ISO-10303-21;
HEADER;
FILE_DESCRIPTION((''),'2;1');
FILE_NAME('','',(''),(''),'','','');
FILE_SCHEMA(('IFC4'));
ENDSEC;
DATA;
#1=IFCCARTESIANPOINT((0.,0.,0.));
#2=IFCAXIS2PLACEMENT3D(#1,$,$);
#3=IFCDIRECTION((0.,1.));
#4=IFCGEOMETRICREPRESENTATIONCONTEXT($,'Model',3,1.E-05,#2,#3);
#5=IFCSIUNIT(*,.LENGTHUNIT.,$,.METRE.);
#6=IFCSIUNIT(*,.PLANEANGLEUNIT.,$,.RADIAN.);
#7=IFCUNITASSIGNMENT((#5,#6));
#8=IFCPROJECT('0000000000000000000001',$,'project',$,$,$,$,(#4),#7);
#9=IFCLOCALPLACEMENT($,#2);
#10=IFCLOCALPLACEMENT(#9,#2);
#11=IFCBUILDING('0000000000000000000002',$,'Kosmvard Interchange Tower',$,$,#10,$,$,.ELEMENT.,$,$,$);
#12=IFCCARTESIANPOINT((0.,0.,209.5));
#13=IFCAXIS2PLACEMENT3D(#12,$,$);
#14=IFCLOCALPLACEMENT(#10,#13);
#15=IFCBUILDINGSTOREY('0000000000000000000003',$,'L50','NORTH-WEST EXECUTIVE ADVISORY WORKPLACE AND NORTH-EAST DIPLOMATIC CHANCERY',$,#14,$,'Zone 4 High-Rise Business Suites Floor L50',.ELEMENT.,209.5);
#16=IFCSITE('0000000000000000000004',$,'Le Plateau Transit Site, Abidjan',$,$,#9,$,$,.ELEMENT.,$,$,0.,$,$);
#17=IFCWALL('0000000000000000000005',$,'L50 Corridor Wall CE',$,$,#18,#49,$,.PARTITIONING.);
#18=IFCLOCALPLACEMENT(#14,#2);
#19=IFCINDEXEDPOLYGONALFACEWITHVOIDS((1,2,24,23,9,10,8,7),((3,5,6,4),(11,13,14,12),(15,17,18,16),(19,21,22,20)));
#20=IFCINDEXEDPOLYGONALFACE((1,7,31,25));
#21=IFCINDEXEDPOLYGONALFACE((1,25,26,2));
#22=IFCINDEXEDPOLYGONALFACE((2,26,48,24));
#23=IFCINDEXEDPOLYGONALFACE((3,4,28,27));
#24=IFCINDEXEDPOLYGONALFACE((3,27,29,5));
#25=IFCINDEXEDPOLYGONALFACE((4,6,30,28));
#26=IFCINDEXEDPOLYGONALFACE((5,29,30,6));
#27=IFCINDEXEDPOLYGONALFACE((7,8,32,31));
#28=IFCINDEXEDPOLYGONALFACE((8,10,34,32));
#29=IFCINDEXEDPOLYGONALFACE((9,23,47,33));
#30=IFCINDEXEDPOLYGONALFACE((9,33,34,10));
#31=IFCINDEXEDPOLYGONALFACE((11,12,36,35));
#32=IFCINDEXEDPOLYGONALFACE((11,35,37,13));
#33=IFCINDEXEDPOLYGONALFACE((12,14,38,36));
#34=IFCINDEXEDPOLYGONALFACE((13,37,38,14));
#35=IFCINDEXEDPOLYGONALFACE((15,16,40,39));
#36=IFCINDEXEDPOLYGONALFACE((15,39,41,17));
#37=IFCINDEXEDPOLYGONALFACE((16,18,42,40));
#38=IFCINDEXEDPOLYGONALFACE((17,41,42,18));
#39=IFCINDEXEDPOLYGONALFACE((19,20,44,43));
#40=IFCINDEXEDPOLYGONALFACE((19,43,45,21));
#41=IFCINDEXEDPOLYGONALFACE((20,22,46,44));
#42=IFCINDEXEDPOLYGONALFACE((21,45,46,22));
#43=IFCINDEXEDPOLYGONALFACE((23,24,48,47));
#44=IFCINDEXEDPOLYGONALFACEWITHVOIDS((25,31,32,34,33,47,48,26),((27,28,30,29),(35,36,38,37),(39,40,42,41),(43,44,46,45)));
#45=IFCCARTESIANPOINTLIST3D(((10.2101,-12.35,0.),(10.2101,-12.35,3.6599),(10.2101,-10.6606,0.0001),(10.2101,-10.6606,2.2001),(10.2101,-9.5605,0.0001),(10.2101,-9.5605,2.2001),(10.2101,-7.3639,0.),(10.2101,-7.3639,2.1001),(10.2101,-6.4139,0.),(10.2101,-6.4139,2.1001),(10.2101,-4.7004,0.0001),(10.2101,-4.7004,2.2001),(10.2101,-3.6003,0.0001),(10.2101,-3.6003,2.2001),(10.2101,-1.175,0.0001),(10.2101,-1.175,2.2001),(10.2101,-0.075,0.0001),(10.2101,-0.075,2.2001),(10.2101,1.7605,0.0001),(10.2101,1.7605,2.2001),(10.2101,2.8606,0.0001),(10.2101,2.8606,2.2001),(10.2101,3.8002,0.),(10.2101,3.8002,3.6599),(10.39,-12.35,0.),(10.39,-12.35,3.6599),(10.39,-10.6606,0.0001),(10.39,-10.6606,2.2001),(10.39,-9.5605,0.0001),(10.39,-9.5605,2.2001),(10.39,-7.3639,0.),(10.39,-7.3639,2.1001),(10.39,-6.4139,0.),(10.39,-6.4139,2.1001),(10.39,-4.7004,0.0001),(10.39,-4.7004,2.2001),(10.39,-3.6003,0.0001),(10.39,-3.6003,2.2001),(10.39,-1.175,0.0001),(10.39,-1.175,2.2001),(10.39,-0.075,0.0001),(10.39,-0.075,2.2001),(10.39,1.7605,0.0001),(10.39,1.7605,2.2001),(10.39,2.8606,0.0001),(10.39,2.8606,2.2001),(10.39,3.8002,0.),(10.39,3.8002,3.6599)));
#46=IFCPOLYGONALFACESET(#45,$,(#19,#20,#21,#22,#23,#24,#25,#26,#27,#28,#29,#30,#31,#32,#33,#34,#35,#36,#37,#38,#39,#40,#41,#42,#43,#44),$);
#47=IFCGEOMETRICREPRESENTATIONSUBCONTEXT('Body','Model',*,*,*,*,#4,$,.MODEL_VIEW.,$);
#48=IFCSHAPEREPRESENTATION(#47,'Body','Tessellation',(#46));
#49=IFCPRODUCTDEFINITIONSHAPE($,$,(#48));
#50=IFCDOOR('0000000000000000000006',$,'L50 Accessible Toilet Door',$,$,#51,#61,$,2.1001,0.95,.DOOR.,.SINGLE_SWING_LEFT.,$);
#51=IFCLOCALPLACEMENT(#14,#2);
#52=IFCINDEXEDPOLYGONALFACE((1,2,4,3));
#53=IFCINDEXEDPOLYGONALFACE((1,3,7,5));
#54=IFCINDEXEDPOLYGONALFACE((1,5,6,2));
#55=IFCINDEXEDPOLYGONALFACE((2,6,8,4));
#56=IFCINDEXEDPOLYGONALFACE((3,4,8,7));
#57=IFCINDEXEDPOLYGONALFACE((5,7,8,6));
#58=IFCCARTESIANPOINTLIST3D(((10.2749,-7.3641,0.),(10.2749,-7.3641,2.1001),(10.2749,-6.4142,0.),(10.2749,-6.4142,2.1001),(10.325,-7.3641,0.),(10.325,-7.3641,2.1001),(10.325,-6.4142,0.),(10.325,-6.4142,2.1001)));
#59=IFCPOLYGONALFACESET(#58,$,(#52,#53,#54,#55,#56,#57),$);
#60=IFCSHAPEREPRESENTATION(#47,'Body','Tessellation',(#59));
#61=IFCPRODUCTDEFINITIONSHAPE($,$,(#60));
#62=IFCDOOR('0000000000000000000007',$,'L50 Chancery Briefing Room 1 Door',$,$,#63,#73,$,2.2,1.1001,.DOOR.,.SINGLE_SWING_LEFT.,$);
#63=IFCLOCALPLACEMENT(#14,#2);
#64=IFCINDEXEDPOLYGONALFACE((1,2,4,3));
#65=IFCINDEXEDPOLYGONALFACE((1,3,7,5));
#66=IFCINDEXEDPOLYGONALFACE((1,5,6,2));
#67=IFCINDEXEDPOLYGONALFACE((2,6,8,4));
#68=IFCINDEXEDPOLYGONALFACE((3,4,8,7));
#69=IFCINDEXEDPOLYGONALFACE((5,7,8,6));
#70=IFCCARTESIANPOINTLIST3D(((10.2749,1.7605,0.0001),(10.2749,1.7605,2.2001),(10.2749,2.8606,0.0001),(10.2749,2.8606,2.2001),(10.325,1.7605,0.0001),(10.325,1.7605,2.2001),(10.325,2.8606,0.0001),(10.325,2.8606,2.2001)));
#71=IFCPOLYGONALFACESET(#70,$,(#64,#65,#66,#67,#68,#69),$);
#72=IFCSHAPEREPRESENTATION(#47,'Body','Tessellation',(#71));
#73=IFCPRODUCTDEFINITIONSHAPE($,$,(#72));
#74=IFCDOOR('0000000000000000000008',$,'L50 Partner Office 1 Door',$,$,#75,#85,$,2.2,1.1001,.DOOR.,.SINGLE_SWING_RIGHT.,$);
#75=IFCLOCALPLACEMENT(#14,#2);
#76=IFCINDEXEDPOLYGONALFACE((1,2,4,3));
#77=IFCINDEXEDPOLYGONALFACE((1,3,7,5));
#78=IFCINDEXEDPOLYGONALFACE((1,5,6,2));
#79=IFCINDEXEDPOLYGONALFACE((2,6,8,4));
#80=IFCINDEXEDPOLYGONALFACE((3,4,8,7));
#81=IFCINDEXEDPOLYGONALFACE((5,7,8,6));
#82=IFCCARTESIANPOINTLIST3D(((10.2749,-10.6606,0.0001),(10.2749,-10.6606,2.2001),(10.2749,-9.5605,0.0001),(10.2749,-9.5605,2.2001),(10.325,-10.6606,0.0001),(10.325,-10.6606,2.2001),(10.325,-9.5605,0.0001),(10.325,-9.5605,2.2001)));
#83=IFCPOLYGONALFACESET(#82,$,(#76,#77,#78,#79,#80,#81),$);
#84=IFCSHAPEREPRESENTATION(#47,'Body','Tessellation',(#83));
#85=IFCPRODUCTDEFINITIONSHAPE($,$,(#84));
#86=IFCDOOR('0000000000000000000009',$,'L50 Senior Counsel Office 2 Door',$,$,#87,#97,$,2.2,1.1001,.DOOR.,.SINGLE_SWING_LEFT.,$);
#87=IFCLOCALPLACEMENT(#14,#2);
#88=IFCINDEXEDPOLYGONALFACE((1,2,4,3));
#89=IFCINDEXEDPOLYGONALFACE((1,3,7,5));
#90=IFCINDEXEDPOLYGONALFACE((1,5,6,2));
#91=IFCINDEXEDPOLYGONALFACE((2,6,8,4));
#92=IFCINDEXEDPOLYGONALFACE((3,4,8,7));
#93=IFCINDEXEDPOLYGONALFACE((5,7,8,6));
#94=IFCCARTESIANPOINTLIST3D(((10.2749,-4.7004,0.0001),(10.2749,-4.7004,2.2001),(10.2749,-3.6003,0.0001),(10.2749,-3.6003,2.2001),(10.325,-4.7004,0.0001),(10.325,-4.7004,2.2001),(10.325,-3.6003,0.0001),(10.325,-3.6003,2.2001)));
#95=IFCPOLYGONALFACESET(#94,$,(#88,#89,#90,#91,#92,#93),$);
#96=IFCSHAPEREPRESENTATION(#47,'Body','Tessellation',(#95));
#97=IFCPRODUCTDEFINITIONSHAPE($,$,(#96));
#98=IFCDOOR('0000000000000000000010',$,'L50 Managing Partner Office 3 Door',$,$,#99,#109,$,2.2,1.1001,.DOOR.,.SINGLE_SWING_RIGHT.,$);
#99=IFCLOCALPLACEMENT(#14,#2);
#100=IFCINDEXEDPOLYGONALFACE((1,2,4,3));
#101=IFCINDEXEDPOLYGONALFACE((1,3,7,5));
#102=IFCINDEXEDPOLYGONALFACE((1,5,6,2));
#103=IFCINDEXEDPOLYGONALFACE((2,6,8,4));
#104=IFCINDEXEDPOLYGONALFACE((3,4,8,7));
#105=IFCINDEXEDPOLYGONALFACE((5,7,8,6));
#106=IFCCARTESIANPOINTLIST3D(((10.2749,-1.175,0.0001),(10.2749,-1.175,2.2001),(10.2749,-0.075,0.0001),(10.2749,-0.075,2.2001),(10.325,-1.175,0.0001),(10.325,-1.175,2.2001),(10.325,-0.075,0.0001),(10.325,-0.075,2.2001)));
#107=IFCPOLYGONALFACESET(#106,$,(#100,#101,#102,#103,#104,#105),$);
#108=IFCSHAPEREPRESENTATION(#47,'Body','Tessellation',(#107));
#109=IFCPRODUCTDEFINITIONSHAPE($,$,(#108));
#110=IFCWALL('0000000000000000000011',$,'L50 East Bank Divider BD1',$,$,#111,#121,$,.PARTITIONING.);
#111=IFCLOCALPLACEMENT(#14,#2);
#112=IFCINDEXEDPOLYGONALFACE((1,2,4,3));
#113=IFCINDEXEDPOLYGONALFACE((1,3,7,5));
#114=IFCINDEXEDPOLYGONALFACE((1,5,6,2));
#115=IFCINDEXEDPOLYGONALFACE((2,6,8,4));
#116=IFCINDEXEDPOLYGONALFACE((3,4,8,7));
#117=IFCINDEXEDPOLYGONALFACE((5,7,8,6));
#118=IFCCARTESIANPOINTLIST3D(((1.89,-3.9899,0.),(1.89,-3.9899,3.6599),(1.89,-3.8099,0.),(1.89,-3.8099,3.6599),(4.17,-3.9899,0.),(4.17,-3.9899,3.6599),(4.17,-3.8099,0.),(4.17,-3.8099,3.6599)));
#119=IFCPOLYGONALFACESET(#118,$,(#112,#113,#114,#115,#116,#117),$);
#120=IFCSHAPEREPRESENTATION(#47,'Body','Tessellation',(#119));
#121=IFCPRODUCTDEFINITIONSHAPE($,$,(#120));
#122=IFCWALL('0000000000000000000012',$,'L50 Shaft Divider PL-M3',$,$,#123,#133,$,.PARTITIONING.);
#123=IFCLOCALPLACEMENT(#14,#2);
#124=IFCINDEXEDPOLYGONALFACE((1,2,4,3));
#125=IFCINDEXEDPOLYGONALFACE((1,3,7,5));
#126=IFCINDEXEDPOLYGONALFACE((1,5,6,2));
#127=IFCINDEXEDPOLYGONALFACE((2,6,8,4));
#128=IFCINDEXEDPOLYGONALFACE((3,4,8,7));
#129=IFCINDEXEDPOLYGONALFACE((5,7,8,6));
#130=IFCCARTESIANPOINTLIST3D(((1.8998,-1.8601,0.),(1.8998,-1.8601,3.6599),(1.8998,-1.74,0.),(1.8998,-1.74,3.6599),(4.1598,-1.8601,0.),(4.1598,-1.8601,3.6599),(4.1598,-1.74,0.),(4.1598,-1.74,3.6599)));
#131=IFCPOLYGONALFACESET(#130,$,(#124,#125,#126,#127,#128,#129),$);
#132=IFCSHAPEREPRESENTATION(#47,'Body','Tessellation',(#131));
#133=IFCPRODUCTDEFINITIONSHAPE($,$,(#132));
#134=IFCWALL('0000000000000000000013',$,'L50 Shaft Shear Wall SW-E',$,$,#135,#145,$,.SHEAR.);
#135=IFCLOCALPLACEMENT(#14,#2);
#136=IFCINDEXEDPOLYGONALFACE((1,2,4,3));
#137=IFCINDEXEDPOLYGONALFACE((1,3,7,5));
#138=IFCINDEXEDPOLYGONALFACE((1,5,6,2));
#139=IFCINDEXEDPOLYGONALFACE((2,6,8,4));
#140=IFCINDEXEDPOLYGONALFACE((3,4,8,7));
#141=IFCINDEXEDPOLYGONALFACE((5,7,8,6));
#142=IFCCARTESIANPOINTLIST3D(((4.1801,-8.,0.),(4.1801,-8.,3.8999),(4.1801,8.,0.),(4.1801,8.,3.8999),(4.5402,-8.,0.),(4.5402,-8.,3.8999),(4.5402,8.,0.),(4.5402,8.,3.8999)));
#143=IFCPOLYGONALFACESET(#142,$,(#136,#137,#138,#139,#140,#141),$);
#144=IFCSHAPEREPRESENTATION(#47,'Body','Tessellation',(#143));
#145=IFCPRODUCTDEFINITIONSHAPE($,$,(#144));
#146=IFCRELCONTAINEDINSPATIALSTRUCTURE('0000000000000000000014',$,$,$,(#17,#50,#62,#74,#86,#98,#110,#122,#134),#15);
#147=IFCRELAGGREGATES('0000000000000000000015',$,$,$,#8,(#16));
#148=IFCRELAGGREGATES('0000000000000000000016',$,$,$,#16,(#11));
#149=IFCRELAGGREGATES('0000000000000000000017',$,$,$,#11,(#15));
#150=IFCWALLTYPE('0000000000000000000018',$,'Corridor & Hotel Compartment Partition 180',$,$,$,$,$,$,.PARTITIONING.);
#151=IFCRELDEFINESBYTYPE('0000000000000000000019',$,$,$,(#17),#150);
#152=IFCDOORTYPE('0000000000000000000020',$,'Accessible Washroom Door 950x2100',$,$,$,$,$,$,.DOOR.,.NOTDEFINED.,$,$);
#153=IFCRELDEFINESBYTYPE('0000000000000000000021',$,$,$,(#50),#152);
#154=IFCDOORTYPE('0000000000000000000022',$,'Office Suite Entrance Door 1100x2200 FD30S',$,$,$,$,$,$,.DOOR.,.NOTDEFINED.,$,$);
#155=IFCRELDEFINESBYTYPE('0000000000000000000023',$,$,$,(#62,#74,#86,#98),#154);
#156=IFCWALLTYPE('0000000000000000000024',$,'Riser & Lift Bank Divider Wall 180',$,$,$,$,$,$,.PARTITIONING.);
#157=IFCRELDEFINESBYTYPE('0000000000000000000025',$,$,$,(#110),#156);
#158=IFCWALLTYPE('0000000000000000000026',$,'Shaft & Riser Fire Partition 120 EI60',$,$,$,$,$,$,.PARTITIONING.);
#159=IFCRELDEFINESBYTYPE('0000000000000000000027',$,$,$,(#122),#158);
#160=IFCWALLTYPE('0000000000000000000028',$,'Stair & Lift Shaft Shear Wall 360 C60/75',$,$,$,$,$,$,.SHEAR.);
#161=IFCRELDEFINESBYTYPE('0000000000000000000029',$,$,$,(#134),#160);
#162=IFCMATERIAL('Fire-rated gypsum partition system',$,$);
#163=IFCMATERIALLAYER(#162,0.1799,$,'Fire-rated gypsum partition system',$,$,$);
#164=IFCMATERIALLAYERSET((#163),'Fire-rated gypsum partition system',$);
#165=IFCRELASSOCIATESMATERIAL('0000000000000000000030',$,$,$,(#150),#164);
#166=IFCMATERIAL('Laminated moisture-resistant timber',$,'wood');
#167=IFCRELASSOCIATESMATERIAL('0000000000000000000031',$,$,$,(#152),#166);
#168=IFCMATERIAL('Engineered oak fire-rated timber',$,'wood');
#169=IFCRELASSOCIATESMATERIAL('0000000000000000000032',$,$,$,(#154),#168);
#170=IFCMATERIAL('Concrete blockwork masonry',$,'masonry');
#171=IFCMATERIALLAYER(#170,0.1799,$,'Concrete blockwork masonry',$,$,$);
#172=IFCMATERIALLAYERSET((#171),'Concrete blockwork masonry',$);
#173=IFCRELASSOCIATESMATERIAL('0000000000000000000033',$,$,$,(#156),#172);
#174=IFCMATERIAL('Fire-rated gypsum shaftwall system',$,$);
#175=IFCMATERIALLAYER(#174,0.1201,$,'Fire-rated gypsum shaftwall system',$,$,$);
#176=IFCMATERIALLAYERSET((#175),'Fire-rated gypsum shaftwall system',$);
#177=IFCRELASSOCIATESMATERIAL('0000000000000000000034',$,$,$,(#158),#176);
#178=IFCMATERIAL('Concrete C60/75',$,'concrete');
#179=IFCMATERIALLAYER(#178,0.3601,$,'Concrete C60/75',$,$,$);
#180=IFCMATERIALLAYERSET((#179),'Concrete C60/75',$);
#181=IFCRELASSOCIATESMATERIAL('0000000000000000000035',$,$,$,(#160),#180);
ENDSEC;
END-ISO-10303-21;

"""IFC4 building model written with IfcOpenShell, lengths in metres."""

from ifc_helpers import new_model, si_unit, direction, frame, frame_2d, origin, place, context, subcontext, project, spatial, rectangle, extrude, source, transform, mapped, material, layer, layer_set, type_object, element, fill, save


model = new_model("IFC4")

# Units and contexts
model_context = context("Model", 3, precision=1e-05, world=origin(), true_north=direction((0.0, 1.0)))
body_context = subcontext(model_context, "Body", "Model", "MODEL_VIEW")
ifc_project = project(units=[si_unit("LENGTHUNIT", "METRE"), si_unit("PLANEANGLEUNIT", "RADIAN")], contexts=[model_context])

# Site, building, storey
site_placement = place(None, origin())
site = spatial("IfcSite", under=ifc_project, at=site_placement, Name="Le Plateau Transit Site, Abidjan", CompositionType="ELEMENT", RefElevation=0.0)
building_placement = place(site_placement, origin())
building = spatial("IfcBuilding", under=site, at=building_placement, Name="Kosmvard Interchange Tower", CompositionType="ELEMENT")
storey_placement = place(building_placement, frame((0.0, 0.0, 209.5)))
storey = spatial("IfcBuildingStorey", under=building, at=storey_placement, Name="L50", Description="NORTH-WEST EXECUTIVE ADVISORY WORKPLACE AND NORTH-EAST DIPLOMATIC CHANCERY", LongName="Zone 4 High-Rise Business Suites Floor L50", CompositionType="ELEMENT", Elevation=209.5)

# Shared definitions
ifc_material_1 = material(Name="Concrete C60/75", Category="concrete")

# Wall, openings, doors
ifc_material_2 = material(Name="Fire-rated gypsum partition system")
ifc_layer_1 = layer(ifc_material_2, 0.1799, Name="Fire-rated gypsum partition system")
ifc_layer_set_1 = layer_set([ifc_layer_1], Name="Fire-rated gypsum partition system")
wall_type_1 = type_object("IfcWallType", Name="Corridor & Hotel Compartment Partition 180", PredefinedType="PARTITIONING", material=ifc_layer_set_1)
shared_shape_1 = source(origin(), body_context, "Body", "SweptSolid", [
    extrude(rectangle(XDim=1.1001, YDim=2.2, at=frame_2d((0.55, 1.1001))), frame((0.0, 0.0249, 0.0), z_axis=(0.0, -1.0, 0.0), x_axis=(1.0, 0.0, 0.0)), (0.0, 0.0, 1.0), 0.05),
])
wall_1_placement = place(storey_placement, frame((10.3, -12.3501, 0.0), z_axis=(0.0, 0.0, 1.0), x_axis=(0.0, 1.0, 0.0)))
wall_1 = element("IfcWall", 1, at=wall_1_placement, inside=storey, type_object=wall_type_1, Name="L50 Corridor Wall CE", PredefinedType="PARTITIONING", context=body_context, shape_type="SweptSolid", body=[
    extrude(rectangle(XDim=16.1501, YDim=0.1799, at=frame_2d((8.0752, 0.0))), origin(), (0.0, 0.0, 1.0), 3.6599),
])
opening_1_placement = place(wall_1_placement, frame((4.9861, 0.0, 0.0)))
opening_1 = element("IfcOpeningElement", 2, at=opening_1_placement, cuts=wall_1, PredefinedType="OPENING", context=body_context, shape_type="SweptSolid", body=[
    extrude(rectangle(XDim=0.95, YDim=2.1001, at=frame_2d((0.4751, 1.05))), frame((0.0, 0.1001, 0.0), z_axis=(0.0, -1.0, 0.0), x_axis=(1.0, 0.0, 0.0)), (0.0, 0.0, 1.0), 0.2),
])
opening_2_placement = place(wall_1_placement, frame((14.1106, 0.0, 0.0)))
opening_2 = element("IfcOpeningElement", 3, at=opening_2_placement, cuts=wall_1, PredefinedType="OPENING", context=body_context, shape_type="SweptSolid", body=[
    extrude(rectangle(XDim=1.1001, YDim=2.2, at=frame_2d((0.55, 1.1001))), frame((0.0, 0.1001, 0.0), z_axis=(0.0, -1.0, 0.0), x_axis=(1.0, 0.0, 0.0)), (0.0, 0.0, 1.0), 0.2),
])
opening_3_placement = place(wall_1_placement, frame((1.6895, 0.0, 0.0)))
opening_3 = element("IfcOpeningElement", 4, at=opening_3_placement, cuts=wall_1, PredefinedType="OPENING", context=body_context, shape_type="SweptSolid", body=[
    extrude(rectangle(XDim=1.1001, YDim=2.2, at=frame_2d((0.55, 1.1001))), frame((0.0, 0.1001, 0.0), z_axis=(0.0, -1.0, 0.0), x_axis=(1.0, 0.0, 0.0)), (0.0, 0.0, 1.0), 0.2),
])
opening_4_placement = place(wall_1_placement, frame((7.6497, 0.0, 0.0)))
opening_4 = element("IfcOpeningElement", 5, at=opening_4_placement, cuts=wall_1, PredefinedType="OPENING", context=body_context, shape_type="SweptSolid", body=[
    extrude(rectangle(XDim=1.1001, YDim=2.2, at=frame_2d((0.55, 1.1001))), frame((0.0, 0.1001, 0.0), z_axis=(0.0, -1.0, 0.0), x_axis=(1.0, 0.0, 0.0)), (0.0, 0.0, 1.0), 0.2),
])
opening_5_placement = place(wall_1_placement, frame((11.175, 0.0, 0.0)))
opening_5 = element("IfcOpeningElement", 6, at=opening_5_placement, cuts=wall_1, PredefinedType="OPENING", context=body_context, shape_type="SweptSolid", body=[
    extrude(rectangle(XDim=1.1001, YDim=2.2, at=frame_2d((0.55, 1.1001))), frame((0.0, 0.1001, 0.0), z_axis=(0.0, -1.0, 0.0), x_axis=(1.0, 0.0, 0.0)), (0.0, 0.0, 1.0), 0.2),
])
ifc_material_3 = material(Name="Laminated moisture-resistant timber", Category="wood")
door_type_1 = type_object("IfcDoorType", Name="Accessible Washroom Door 950x2100", OperationType="NOTDEFINED", PredefinedType="DOOR", material=ifc_material_3)
shared_shape_2 = source(origin(), body_context, "Body", "SweptSolid", [
    extrude(rectangle(XDim=0.95, YDim=2.1001, at=frame_2d((0.4751, 1.05))), frame((0.0, 0.0249, 0.0), z_axis=(0.0, -1.0, 0.0), x_axis=(1.0, 0.0, 0.0)), (0.0, 0.0, 1.0), 0.05),
])
door_1_placement = place(opening_1_placement, frame((0.95, 0.0, 0.0), z_axis=(0.0, 0.0, 1.0), x_axis=(-1.0, 0.0, 0.0)))
door_1 = element("IfcDoor", 7, at=door_1_placement, inside=storey, type_object=door_type_1, Name="L50 Accessible Toilet Door", OperationType="SINGLE_SWING_LEFT", OverallHeight=2.1001, OverallWidth=0.95, PredefinedType="DOOR", context=body_context, shape_type="MappedRepresentation", body=[
    mapped(shared_shape_2, transform((0.0, 0.0, 0.0), scale=1.0)),
])
fill(opening_1, door_1)
ifc_material_4 = material(Name="Engineered oak fire-rated timber", Category="wood")
door_type_2 = type_object("IfcDoorType", Name="Office Suite Entrance Door 1100x2200 FD30S", OperationType="NOTDEFINED", PredefinedType="DOOR", material=ifc_material_4)
door_2_placement = place(opening_2_placement, frame((1.1001, 0.0, 0.0), z_axis=(0.0, 0.0, 1.0), x_axis=(-1.0, 0.0, 0.0)))
door_2 = element("IfcDoor", 8, at=door_2_placement, inside=storey, type_object=door_type_2, Name="L50 Chancery Briefing Room 1 Door", OperationType="SINGLE_SWING_LEFT", OverallHeight=2.2, OverallWidth=1.1001, PredefinedType="DOOR", context=body_context, shape_type="MappedRepresentation", body=[
    mapped(shared_shape_1, transform((0.0, 0.0, 0.0), scale=1.0)),
])
fill(opening_2, door_2)
door_3_placement = place(opening_3_placement, frame((1.1001, 0.0, 0.0), z_axis=(0.0, 0.0, 1.0), x_axis=(-1.0, 0.0, 0.0)))
door_3 = element("IfcDoor", 9, at=door_3_placement, inside=storey, type_object=door_type_2, Name="L50 Partner Office 1 Door", OperationType="SINGLE_SWING_RIGHT", OverallHeight=2.2, OverallWidth=1.1001, PredefinedType="DOOR", context=body_context, shape_type="MappedRepresentation", body=[
    mapped(shared_shape_1, transform((0.0, 0.0, 0.0), scale=1.0)),
])
fill(opening_3, door_3)
door_4_placement = place(opening_4_placement, frame((1.1001, 0.0, 0.0), z_axis=(0.0, 0.0, 1.0), x_axis=(-1.0, 0.0, 0.0)))
door_4 = element("IfcDoor", 10, at=door_4_placement, inside=storey, type_object=door_type_2, Name="L50 Senior Counsel Office 2 Door", OperationType="SINGLE_SWING_LEFT", OverallHeight=2.2, OverallWidth=1.1001, PredefinedType="DOOR", context=body_context, shape_type="MappedRepresentation", body=[
    mapped(shared_shape_1, transform((0.0, 0.0, 0.0), scale=1.0)),
])
fill(opening_4, door_4)
door_5_placement = place(opening_5_placement, frame((1.1001, 0.0, 0.0), z_axis=(0.0, 0.0, 1.0), x_axis=(-1.0, 0.0, 0.0)))
door_5 = element("IfcDoor", 11, at=door_5_placement, inside=storey, type_object=door_type_2, Name="L50 Managing Partner Office 3 Door", OperationType="SINGLE_SWING_RIGHT", OverallHeight=2.2, OverallWidth=1.1001, PredefinedType="DOOR", context=body_context, shape_type="MappedRepresentation", body=[
    mapped(shared_shape_1, transform((0.0, 0.0, 0.0), scale=1.0)),
])
fill(opening_5, door_5)

# Walls
ifc_material_5 = material(Name="Concrete blockwork masonry", Category="masonry")
ifc_layer_2 = layer(ifc_material_5, 0.1799, Name="Concrete blockwork masonry")
ifc_layer_set_2 = layer_set([ifc_layer_2], Name="Concrete blockwork masonry")
wall_type_2 = type_object("IfcWallType", Name="Riser & Lift Bank Divider Wall 180", PredefinedType="PARTITIONING", material=ifc_layer_set_2)
wall_2_placement = place(storey_placement, frame((1.8899, -3.8999, 0.0), z_axis=(0.0, 0.0, 1.0), x_axis=(1.0, 0.0, 0.0)))
element("IfcWall", 12, at=wall_2_placement, inside=storey, type_object=wall_type_2, Name="L50 East Bank Divider BD1", PredefinedType="PARTITIONING", context=body_context, shape_type="SweptSolid", body=[
    extrude(rectangle(XDim=2.28, YDim=0.1799, at=frame_2d((1.1401, 0.0))), origin(), (0.0, 0.0, 1.0), 3.6599),
])
ifc_material_6 = material(Name="Fire-rated gypsum shaftwall system")
ifc_layer_3 = layer(ifc_material_6, 0.1201, Name="Fire-rated gypsum shaftwall system")
ifc_layer_set_3 = layer_set([ifc_layer_3], Name="Fire-rated gypsum shaftwall system")
wall_type_3 = type_object("IfcWallType", Name="Shaft & Riser Fire Partition 120 EI60", PredefinedType="PARTITIONING", material=ifc_layer_set_3)
wall_3_placement = place(storey_placement, frame((1.8999, -1.8, 0.0), z_axis=(0.0, 0.0, 1.0), x_axis=(1.0, 0.0, 0.0)))
element("IfcWall", 13, at=wall_3_placement, inside=storey, type_object=wall_type_3, Name="L50 Shaft Divider PL-M3", PredefinedType="PARTITIONING", context=body_context, shape_type="SweptSolid", body=[
    extrude(rectangle(XDim=2.26, YDim=0.1201, at=frame_2d((1.1299, 0.0))), origin(), (0.0, 0.0, 1.0), 3.6599),
])
ifc_layer_4 = layer(ifc_material_1, 0.3601, Name="Concrete C60/75")
ifc_layer_set_4 = layer_set([ifc_layer_4], Name="Concrete C60/75")
wall_type_4 = type_object("IfcWallType", Name="Stair & Lift Shaft Shear Wall 360 C60/75", PredefinedType="SHEAR", material=ifc_layer_set_4)
wall_4_placement = place(storey_placement, frame((4.3601, -8.0, 0.0), z_axis=(0.0, 0.0, 1.0), x_axis=(0.0, 1.0, 0.0)))
element("IfcWall", 14, at=wall_4_placement, inside=storey, type_object=wall_type_4, Name="L50 Shaft Shear Wall SW-E", PredefinedType="SHEAR", context=body_context, shape_type="SweptSolid", body=[
    extrude(rectangle(XDim=16.0, YDim=0.3601, at=frame_2d((8.0, 0.0))), origin(), (0.0, 0.0, 1.0), 3.8999),
])

save(model, "model.ifc")
